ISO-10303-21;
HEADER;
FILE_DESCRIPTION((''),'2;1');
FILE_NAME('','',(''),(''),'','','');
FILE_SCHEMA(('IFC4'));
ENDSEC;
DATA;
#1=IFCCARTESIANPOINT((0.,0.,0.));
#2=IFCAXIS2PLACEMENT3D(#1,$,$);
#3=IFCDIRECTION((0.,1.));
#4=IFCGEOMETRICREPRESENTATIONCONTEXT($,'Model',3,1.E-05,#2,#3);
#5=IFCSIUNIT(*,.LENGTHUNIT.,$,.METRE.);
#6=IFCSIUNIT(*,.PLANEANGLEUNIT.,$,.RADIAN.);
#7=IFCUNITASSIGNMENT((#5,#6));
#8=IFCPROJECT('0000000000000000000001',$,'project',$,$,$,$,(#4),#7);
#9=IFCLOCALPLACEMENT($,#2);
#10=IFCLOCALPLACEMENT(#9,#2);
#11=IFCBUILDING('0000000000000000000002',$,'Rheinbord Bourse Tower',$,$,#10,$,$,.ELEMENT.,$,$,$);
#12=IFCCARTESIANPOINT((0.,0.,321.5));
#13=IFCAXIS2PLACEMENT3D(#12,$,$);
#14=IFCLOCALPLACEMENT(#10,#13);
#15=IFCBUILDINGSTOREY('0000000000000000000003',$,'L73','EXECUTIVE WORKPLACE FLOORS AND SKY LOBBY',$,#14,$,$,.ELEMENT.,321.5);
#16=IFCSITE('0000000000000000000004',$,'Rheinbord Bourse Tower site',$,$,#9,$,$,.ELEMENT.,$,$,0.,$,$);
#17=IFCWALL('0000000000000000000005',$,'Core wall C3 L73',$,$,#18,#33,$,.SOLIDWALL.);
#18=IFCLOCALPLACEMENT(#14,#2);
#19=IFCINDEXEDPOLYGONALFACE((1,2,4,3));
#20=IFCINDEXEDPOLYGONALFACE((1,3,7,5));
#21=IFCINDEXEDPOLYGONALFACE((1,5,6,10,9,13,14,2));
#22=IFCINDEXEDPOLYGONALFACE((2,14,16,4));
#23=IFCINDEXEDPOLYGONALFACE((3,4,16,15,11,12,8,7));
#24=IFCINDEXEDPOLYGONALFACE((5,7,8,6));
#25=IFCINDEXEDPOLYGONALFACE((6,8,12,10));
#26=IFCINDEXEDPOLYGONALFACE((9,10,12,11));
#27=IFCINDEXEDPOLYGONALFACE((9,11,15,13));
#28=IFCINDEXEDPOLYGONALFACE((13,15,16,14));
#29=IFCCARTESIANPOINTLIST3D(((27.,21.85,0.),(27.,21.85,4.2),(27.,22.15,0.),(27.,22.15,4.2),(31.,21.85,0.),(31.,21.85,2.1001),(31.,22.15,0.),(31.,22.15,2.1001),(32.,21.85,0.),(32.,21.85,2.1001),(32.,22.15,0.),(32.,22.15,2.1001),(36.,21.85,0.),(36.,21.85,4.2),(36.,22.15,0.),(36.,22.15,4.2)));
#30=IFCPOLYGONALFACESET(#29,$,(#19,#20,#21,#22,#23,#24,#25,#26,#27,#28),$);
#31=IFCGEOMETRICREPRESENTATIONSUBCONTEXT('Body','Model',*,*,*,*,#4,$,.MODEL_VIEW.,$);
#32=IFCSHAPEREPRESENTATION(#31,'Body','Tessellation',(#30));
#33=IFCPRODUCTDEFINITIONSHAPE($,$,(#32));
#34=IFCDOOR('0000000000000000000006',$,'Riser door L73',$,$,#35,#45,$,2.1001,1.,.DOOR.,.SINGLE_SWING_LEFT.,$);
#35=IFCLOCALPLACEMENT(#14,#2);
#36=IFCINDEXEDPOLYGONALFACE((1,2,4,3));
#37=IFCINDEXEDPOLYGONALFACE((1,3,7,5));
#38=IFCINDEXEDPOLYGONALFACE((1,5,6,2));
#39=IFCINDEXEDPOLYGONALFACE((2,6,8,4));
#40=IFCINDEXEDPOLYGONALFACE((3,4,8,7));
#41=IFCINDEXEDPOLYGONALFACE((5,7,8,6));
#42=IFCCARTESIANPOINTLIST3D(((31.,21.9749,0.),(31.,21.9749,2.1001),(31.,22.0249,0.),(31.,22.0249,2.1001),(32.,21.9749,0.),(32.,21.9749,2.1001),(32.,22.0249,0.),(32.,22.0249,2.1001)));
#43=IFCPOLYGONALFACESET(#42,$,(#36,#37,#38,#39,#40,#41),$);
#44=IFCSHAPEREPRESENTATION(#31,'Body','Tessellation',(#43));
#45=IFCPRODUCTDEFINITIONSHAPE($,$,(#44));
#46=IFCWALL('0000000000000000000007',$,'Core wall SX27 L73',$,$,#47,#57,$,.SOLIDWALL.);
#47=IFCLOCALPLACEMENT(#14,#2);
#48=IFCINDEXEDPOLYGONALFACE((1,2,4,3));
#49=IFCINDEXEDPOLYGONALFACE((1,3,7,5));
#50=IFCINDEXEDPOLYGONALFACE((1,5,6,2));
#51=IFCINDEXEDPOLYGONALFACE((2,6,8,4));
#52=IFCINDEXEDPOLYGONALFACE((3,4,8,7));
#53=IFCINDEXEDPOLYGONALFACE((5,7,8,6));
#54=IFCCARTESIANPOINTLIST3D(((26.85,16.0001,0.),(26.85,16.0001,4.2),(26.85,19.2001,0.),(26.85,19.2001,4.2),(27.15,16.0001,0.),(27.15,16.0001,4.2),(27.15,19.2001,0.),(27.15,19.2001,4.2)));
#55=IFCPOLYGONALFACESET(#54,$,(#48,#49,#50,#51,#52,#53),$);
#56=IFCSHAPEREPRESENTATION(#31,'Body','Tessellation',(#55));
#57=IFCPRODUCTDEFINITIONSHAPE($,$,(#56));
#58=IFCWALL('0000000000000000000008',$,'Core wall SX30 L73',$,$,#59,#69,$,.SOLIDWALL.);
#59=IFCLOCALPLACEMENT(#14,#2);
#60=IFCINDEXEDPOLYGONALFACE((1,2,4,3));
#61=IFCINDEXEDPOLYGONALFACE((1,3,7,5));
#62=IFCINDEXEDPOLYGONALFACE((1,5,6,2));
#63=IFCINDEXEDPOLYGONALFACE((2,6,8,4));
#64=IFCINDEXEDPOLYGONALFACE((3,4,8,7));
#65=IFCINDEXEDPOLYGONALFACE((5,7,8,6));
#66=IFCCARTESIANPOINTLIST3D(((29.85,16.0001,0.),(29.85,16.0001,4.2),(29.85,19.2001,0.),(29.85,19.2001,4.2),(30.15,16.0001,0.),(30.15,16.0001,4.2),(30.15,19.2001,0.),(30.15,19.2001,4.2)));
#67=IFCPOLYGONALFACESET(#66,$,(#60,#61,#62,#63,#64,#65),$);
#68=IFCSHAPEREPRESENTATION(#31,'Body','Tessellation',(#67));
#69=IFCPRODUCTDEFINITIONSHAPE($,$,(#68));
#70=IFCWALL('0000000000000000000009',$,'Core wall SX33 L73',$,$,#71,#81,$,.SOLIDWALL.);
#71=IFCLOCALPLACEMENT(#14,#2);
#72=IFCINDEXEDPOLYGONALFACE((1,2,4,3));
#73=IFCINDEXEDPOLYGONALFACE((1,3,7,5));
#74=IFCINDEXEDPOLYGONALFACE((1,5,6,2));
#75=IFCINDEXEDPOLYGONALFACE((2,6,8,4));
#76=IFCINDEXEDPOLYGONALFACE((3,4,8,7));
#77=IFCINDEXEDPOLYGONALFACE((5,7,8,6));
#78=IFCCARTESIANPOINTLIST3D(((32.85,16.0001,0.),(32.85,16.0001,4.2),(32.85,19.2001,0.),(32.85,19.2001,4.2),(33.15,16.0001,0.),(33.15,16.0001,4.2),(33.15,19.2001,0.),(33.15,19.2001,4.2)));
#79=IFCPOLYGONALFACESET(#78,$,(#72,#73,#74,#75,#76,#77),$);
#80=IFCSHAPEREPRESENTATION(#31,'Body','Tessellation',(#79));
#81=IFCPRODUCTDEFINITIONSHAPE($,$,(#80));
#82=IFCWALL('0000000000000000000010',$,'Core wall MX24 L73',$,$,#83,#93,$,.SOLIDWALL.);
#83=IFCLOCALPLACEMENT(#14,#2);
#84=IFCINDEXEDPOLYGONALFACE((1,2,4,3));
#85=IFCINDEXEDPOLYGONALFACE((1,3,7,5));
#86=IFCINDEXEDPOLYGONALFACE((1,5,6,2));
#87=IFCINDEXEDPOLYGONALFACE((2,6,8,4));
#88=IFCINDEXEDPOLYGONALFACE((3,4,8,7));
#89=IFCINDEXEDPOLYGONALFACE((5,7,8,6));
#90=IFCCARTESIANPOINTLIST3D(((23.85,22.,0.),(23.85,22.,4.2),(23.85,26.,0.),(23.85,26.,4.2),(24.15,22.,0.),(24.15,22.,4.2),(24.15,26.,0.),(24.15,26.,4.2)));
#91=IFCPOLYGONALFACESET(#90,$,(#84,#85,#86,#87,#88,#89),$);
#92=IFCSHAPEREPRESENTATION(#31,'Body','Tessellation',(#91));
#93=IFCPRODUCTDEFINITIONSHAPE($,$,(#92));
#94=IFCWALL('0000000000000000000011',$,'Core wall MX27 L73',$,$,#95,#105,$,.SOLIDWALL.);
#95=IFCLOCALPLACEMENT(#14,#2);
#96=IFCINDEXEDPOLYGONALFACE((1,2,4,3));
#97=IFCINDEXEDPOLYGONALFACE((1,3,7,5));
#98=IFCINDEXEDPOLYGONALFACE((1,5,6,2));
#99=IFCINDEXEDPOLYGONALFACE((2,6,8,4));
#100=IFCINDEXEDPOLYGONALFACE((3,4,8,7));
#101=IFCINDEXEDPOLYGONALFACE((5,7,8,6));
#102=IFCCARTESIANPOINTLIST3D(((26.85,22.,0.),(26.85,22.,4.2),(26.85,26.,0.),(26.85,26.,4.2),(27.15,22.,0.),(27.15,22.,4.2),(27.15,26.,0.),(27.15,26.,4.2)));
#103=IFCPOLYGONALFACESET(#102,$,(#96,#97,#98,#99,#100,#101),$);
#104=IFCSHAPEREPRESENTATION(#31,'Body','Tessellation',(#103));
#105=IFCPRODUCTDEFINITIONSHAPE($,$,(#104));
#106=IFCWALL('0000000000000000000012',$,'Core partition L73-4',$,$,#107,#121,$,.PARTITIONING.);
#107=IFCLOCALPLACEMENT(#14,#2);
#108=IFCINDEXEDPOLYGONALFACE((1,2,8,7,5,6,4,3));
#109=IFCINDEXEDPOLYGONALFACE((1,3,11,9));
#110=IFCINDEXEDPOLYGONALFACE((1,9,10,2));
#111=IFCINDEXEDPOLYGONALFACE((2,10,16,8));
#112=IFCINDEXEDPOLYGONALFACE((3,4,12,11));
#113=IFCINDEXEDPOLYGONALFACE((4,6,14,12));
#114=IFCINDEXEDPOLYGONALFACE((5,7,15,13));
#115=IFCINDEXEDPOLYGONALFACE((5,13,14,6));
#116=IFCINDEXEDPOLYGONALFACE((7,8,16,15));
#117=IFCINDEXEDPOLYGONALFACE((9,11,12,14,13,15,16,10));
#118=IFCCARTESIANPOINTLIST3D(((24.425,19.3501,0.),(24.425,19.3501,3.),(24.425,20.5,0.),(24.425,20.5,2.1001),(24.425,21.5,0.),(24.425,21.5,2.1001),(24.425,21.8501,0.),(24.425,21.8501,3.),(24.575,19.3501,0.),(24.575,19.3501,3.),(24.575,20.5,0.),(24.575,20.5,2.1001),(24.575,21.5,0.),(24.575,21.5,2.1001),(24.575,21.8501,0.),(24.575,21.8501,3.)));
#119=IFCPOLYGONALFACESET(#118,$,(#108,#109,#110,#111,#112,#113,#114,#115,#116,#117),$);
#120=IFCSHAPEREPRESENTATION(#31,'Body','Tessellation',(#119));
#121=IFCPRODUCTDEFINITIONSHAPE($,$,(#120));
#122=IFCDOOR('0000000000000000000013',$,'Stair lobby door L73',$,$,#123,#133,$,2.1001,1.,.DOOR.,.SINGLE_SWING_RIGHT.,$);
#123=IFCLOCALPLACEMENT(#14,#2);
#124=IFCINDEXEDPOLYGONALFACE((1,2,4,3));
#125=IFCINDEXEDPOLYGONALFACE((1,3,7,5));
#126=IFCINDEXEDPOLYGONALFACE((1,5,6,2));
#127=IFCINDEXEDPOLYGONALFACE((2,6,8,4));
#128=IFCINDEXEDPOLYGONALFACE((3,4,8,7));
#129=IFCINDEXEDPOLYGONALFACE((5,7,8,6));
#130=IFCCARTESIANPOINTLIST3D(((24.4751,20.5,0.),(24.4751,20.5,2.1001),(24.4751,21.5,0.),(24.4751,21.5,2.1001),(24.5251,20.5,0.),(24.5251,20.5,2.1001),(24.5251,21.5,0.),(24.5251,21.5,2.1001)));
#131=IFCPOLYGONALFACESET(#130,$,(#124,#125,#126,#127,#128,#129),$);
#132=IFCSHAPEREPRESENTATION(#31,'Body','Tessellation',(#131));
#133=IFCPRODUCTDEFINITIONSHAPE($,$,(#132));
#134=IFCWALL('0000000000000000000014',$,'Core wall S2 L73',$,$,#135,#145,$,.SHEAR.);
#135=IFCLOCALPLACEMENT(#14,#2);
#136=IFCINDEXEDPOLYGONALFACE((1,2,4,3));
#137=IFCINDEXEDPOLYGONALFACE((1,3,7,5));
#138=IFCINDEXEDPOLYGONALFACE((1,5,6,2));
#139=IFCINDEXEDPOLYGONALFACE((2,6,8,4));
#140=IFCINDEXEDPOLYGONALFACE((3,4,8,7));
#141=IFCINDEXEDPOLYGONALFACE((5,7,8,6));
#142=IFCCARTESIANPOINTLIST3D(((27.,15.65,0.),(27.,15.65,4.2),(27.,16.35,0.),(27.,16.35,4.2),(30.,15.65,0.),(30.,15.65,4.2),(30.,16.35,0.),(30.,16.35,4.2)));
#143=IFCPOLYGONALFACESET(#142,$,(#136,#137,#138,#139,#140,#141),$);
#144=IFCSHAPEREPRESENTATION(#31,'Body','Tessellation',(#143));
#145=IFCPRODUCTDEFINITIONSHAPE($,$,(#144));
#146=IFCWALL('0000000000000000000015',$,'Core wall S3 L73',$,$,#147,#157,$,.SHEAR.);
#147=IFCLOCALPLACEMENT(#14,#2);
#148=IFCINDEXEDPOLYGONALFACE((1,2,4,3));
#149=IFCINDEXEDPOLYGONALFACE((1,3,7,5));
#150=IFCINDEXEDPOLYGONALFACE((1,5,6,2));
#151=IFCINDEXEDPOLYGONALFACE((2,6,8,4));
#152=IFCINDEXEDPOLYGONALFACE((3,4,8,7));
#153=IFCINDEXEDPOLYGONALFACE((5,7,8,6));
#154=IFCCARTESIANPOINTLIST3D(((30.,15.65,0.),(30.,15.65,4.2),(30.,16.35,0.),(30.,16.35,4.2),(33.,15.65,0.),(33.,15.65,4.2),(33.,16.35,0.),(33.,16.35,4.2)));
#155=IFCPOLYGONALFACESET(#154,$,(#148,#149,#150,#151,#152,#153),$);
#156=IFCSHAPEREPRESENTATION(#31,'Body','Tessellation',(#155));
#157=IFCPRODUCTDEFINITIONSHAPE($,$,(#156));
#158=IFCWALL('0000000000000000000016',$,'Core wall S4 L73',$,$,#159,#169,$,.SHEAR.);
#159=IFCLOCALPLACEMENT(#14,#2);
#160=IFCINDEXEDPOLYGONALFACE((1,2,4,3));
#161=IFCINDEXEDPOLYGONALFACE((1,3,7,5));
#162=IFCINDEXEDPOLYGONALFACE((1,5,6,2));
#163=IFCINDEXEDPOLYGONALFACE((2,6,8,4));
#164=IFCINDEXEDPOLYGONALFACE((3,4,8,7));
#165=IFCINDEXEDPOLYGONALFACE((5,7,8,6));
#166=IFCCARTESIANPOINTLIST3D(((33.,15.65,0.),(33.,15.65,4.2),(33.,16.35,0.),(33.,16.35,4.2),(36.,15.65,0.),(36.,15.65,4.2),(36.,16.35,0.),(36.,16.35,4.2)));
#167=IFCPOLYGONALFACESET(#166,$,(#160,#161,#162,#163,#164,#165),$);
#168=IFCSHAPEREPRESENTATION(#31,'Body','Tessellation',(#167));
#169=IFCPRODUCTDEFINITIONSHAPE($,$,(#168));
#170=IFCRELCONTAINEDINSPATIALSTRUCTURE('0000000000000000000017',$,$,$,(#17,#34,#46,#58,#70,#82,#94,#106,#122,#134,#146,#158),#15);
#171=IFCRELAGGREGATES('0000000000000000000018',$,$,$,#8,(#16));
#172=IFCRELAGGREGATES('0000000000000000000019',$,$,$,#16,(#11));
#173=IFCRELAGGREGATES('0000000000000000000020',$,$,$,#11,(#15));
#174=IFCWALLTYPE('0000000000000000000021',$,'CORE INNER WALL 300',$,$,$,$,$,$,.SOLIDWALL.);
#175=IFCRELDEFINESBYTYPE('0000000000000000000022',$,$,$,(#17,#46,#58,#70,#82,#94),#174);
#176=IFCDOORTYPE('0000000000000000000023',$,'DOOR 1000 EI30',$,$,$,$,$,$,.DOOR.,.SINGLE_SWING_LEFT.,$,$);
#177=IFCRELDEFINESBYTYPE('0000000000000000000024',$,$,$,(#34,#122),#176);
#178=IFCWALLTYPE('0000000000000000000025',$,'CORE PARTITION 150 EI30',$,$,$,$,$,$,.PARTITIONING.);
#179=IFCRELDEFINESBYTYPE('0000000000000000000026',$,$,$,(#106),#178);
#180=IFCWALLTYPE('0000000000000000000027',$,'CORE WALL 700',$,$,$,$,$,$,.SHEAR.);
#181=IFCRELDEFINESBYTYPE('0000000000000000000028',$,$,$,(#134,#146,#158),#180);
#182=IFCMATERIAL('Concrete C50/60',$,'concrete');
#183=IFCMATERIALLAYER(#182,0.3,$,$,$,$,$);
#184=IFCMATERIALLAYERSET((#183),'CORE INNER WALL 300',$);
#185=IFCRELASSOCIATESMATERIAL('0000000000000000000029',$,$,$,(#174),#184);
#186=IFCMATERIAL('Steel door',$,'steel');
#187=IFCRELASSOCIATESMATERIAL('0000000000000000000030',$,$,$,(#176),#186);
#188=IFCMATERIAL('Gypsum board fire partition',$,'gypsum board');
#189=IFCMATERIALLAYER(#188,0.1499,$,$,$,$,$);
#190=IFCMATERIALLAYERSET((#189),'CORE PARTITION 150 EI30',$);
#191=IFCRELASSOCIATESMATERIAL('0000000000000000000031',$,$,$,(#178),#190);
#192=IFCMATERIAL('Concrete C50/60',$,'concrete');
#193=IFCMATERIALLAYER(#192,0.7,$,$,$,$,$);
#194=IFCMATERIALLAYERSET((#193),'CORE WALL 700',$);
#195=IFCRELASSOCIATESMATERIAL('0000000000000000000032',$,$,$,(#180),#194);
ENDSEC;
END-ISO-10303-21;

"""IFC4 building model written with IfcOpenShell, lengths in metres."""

from ifc_helpers import new_model, si_unit, direction, frame, frame_2d, origin, place, context, subcontext, project, spatial, rectangle, extrude, material, layer, layer_set, type_object, element, fill, save


model = new_model("IFC4")

# Units and contexts
model_context = context("Model", 3, precision=1e-05, world=origin(), true_north=direction((0.0, 1.0)))
body_context = subcontext(model_context, "Body", "Model", "MODEL_VIEW")
ifc_project = project(units=[si_unit("LENGTHUNIT", "METRE"), si_unit("PLANEANGLEUNIT", "RADIAN")], contexts=[model_context])

# Site, building, storey
site_placement = place(None, origin())
site = spatial("IfcSite", under=ifc_project, at=site_placement, Name="Rheinbord Bourse Tower site", CompositionType="ELEMENT", RefElevation=0.0)
building_placement = place(site_placement, origin())
building = spatial("IfcBuilding", under=site, at=building_placement, Name="Rheinbord Bourse Tower", CompositionType="ELEMENT")
storey_placement = place(building_placement, frame((0.0, 0.0, 321.5)))
storey = spatial("IfcBuildingStorey", under=building, at=storey_placement, Name="L73", Description="EXECUTIVE WORKPLACE FLOORS AND SKY LOBBY", CompositionType="ELEMENT", Elevation=321.5)

# Wall, opening, door
ifc_material_1 = material(Name="Concrete C50/60", Category="concrete")
ifc_layer_1 = layer(ifc_material_1, 0.3)
ifc_layer_set_1 = layer_set([ifc_layer_1], Name="CORE INNER WALL 300")
wall_type_1 = type_object("IfcWallType", Name="CORE INNER WALL 300", PredefinedType="SOLIDWALL", material=ifc_layer_set_1)
wall_1_placement = place(storey_placement, frame((27.0, 22.0, 0.0), z_axis=(0.0, 0.0, 1.0), x_axis=(1.0, 0.0, 0.0)))
wall_1 = element("IfcWall", 1, at=wall_1_placement, inside=storey, type_object=wall_type_1, Name="Core wall C3 L73", PredefinedType="SOLIDWALL", context=body_context, shape_type="SweptSolid", body=[
    extrude(rectangle(XDim=9.0, YDim=0.3, at=frame_2d((4.5, 0.0))), origin(), (0.0, 0.0, 1.0), 4.2),
])
opening_1_placement = place(wall_1_placement, frame((4.0, 0.0, 0.0)))
opening_1 = element("IfcOpeningElement", 2, at=opening_1_placement, cuts=wall_1, PredefinedType="OPENING", context=body_context, shape_type="SweptSolid", body=[
    extrude(rectangle(XDim=1.0, YDim=2.1001, at=frame_2d((0.5, 1.05))), frame((0.0, 0.1599, 0.0), z_axis=(0.0, -1.0, 0.0), x_axis=(1.0, 0.0, 0.0)), (0.0, 0.0, 1.0), 0.3201),
])
ifc_material_2 = material(Name="Steel door", Category="steel")
door_type_1 = type_object("IfcDoorType", Name="DOOR 1000 EI30", OperationType="SINGLE_SWING_LEFT", PredefinedType="DOOR", material=ifc_material_2)
door_1_placement = place(opening_1_placement, origin())
door_1 = element("IfcDoor", 3, at=door_1_placement, inside=storey, type_object=door_type_1, Name="Riser door L73", OperationType="SINGLE_SWING_LEFT", OverallHeight=2.1001, OverallWidth=1.0, PredefinedType="DOOR", context=body_context, shape_type="SweptSolid", body=[
    extrude(rectangle(XDim=1.0, YDim=2.1001, at=frame_2d((0.5, 1.05))), frame((0.0, 0.0249, 0.0), z_axis=(0.0, -1.0, 0.0), x_axis=(1.0, 0.0, 0.0)), (0.0, 0.0, 1.0), 0.05),
])
fill(opening_1, door_1)

# Walls
for number, where, z_axis, x_axis, name in (
    (4, (27.0, 16.0, 0.0), (0.0, 0.0, 1.0), (0.0, 1.0, 0.0), "Core wall SX27 L73"),
    (5, (30.0, 16.0, 0.0), (0.0, 0.0, 1.0), (0.0, 1.0, 0.0), "Core wall SX30 L73"),
    (6, (33.0, 16.0, 0.0), (0.0, 0.0, 1.0), (0.0, 1.0, 0.0), "Core wall SX33 L73"),
):
    element("IfcWall", number, at=place(storey_placement, frame(where, z_axis=z_axis, x_axis=x_axis)), inside=storey, type_object=wall_type_1, Name=name, PredefinedType="SOLIDWALL", context=body_context, shape_type="SweptSolid", body=[
        extrude(rectangle(XDim=3.2, YDim=0.3, at=frame_2d((1.6001, 0.0))), origin(), (0.0, 0.0, 1.0), 4.2),
    ])
for number, where, z_axis, x_axis, name in (
    (7, (24.0, 22.0, 0.0), (0.0, 0.0, 1.0), (0.0, 1.0, 0.0), "Core wall MX24 L73"),
    (8, (27.0, 22.0, 0.0), (0.0, 0.0, 1.0), (0.0, 1.0, 0.0), "Core wall MX27 L73"),
):
    element("IfcWall", number, at=place(storey_placement, frame(where, z_axis=z_axis, x_axis=x_axis)), inside=storey, type_object=wall_type_1, Name=name, PredefinedType="SOLIDWALL", context=body_context, shape_type="SweptSolid", body=[
        extrude(rectangle(XDim=4.0, YDim=0.3, at=frame_2d((2.0, 0.0))), origin(), (0.0, 0.0, 1.0), 4.2),
    ])

# Wall, opening, door
ifc_material_3 = material(Name="Gypsum board fire partition", Category="gypsum board")
ifc_layer_2 = layer(ifc_material_3, 0.1499)
ifc_layer_set_2 = layer_set([ifc_layer_2], Name="CORE PARTITION 150 EI30")
wall_type_2 = type_object("IfcWallType", Name="CORE PARTITION 150 EI30", PredefinedType="PARTITIONING", material=ifc_layer_set_2)
wall_2_placement = place(storey_placement, frame((24.5, 19.3501, 0.0), z_axis=(0.0, 0.0, 1.0), x_axis=(0.0, 1.0, 0.0)))
wall_2 = element("IfcWall", 9, at=wall_2_placement, inside=storey, type_object=wall_type_2, Name="Core partition L73-4", PredefinedType="PARTITIONING", context=body_context, shape_type="SweptSolid", body=[
    extrude(rectangle(XDim=2.5, YDim=0.1499, at=frame_2d((1.25, 0.0))), origin(), (0.0, 0.0, 1.0), 3.0),
])
opening_2_placement = place(wall_2_placement, frame((1.1499, 0.0, 0.0)))
opening_2 = element("IfcOpeningElement", 10, at=opening_2_placement, cuts=wall_2, PredefinedType="OPENING", context=body_context, shape_type="SweptSolid", body=[
    extrude(rectangle(XDim=1.0, YDim=2.1001, at=frame_2d((0.5, 1.05))), frame((0.0, 0.085, 0.0), z_axis=(0.0, -1.0, 0.0), x_axis=(1.0, 0.0, 0.0)), (0.0, 0.0, 1.0), 0.1699),
])
door_2_placement = place(opening_2_placement, origin())
door_2 = element("IfcDoor", 11, at=door_2_placement, inside=storey, type_object=door_type_1, Name="Stair lobby door L73", OperationType="SINGLE_SWING_RIGHT", OverallHeight=2.1001, OverallWidth=1.0, PredefinedType="DOOR", context=body_context, shape_type="SweptSolid", body=[
    extrude(rectangle(XDim=1.0, YDim=2.1001, at=frame_2d((0.5, 1.05))), frame((0.0, 0.0249, 0.0), z_axis=(0.0, -1.0, 0.0), x_axis=(1.0, 0.0, 0.0)), (0.0, 0.0, 1.0), 0.05),
])
fill(opening_2, door_2)

# Walls
ifc_material_4 = material(Name="Concrete C50/60", Category="concrete")
ifc_layer_3 = layer(ifc_material_4, 0.7)
ifc_layer_set_3 = layer_set([ifc_layer_3], Name="CORE WALL 700")
wall_type_3 = type_object("IfcWallType", Name="CORE WALL 700", PredefinedType="SHEAR", material=ifc_layer_set_3)
for number, where, z_axis, x_axis, name in (
    (12, (27.0, 16.0, 0.0), (0.0, 0.0, 1.0), (1.0, 0.0, 0.0), "Core wall S2 L73"),
    (13, (30.0, 16.0, 0.0), (0.0, 0.0, 1.0), (1.0, 0.0, 0.0), "Core wall S3 L73"),
    (14, (33.0, 16.0, 0.0), (0.0, 0.0, 1.0), (1.0, 0.0, 0.0), "Core wall S4 L73"),
):
    element("IfcWall", number, at=place(storey_placement, frame(where, z_axis=z_axis, x_axis=x_axis)), inside=storey, type_object=wall_type_3, Name=name, PredefinedType="SHEAR", context=body_context, shape_type="SweptSolid", body=[
        extrude(rectangle(XDim=3.0, YDim=0.7, at=frame_2d((1.5, 0.0))), origin(), (0.0, 0.0, 1.0), 4.2),
    ])

save(model, "model.ifc")
